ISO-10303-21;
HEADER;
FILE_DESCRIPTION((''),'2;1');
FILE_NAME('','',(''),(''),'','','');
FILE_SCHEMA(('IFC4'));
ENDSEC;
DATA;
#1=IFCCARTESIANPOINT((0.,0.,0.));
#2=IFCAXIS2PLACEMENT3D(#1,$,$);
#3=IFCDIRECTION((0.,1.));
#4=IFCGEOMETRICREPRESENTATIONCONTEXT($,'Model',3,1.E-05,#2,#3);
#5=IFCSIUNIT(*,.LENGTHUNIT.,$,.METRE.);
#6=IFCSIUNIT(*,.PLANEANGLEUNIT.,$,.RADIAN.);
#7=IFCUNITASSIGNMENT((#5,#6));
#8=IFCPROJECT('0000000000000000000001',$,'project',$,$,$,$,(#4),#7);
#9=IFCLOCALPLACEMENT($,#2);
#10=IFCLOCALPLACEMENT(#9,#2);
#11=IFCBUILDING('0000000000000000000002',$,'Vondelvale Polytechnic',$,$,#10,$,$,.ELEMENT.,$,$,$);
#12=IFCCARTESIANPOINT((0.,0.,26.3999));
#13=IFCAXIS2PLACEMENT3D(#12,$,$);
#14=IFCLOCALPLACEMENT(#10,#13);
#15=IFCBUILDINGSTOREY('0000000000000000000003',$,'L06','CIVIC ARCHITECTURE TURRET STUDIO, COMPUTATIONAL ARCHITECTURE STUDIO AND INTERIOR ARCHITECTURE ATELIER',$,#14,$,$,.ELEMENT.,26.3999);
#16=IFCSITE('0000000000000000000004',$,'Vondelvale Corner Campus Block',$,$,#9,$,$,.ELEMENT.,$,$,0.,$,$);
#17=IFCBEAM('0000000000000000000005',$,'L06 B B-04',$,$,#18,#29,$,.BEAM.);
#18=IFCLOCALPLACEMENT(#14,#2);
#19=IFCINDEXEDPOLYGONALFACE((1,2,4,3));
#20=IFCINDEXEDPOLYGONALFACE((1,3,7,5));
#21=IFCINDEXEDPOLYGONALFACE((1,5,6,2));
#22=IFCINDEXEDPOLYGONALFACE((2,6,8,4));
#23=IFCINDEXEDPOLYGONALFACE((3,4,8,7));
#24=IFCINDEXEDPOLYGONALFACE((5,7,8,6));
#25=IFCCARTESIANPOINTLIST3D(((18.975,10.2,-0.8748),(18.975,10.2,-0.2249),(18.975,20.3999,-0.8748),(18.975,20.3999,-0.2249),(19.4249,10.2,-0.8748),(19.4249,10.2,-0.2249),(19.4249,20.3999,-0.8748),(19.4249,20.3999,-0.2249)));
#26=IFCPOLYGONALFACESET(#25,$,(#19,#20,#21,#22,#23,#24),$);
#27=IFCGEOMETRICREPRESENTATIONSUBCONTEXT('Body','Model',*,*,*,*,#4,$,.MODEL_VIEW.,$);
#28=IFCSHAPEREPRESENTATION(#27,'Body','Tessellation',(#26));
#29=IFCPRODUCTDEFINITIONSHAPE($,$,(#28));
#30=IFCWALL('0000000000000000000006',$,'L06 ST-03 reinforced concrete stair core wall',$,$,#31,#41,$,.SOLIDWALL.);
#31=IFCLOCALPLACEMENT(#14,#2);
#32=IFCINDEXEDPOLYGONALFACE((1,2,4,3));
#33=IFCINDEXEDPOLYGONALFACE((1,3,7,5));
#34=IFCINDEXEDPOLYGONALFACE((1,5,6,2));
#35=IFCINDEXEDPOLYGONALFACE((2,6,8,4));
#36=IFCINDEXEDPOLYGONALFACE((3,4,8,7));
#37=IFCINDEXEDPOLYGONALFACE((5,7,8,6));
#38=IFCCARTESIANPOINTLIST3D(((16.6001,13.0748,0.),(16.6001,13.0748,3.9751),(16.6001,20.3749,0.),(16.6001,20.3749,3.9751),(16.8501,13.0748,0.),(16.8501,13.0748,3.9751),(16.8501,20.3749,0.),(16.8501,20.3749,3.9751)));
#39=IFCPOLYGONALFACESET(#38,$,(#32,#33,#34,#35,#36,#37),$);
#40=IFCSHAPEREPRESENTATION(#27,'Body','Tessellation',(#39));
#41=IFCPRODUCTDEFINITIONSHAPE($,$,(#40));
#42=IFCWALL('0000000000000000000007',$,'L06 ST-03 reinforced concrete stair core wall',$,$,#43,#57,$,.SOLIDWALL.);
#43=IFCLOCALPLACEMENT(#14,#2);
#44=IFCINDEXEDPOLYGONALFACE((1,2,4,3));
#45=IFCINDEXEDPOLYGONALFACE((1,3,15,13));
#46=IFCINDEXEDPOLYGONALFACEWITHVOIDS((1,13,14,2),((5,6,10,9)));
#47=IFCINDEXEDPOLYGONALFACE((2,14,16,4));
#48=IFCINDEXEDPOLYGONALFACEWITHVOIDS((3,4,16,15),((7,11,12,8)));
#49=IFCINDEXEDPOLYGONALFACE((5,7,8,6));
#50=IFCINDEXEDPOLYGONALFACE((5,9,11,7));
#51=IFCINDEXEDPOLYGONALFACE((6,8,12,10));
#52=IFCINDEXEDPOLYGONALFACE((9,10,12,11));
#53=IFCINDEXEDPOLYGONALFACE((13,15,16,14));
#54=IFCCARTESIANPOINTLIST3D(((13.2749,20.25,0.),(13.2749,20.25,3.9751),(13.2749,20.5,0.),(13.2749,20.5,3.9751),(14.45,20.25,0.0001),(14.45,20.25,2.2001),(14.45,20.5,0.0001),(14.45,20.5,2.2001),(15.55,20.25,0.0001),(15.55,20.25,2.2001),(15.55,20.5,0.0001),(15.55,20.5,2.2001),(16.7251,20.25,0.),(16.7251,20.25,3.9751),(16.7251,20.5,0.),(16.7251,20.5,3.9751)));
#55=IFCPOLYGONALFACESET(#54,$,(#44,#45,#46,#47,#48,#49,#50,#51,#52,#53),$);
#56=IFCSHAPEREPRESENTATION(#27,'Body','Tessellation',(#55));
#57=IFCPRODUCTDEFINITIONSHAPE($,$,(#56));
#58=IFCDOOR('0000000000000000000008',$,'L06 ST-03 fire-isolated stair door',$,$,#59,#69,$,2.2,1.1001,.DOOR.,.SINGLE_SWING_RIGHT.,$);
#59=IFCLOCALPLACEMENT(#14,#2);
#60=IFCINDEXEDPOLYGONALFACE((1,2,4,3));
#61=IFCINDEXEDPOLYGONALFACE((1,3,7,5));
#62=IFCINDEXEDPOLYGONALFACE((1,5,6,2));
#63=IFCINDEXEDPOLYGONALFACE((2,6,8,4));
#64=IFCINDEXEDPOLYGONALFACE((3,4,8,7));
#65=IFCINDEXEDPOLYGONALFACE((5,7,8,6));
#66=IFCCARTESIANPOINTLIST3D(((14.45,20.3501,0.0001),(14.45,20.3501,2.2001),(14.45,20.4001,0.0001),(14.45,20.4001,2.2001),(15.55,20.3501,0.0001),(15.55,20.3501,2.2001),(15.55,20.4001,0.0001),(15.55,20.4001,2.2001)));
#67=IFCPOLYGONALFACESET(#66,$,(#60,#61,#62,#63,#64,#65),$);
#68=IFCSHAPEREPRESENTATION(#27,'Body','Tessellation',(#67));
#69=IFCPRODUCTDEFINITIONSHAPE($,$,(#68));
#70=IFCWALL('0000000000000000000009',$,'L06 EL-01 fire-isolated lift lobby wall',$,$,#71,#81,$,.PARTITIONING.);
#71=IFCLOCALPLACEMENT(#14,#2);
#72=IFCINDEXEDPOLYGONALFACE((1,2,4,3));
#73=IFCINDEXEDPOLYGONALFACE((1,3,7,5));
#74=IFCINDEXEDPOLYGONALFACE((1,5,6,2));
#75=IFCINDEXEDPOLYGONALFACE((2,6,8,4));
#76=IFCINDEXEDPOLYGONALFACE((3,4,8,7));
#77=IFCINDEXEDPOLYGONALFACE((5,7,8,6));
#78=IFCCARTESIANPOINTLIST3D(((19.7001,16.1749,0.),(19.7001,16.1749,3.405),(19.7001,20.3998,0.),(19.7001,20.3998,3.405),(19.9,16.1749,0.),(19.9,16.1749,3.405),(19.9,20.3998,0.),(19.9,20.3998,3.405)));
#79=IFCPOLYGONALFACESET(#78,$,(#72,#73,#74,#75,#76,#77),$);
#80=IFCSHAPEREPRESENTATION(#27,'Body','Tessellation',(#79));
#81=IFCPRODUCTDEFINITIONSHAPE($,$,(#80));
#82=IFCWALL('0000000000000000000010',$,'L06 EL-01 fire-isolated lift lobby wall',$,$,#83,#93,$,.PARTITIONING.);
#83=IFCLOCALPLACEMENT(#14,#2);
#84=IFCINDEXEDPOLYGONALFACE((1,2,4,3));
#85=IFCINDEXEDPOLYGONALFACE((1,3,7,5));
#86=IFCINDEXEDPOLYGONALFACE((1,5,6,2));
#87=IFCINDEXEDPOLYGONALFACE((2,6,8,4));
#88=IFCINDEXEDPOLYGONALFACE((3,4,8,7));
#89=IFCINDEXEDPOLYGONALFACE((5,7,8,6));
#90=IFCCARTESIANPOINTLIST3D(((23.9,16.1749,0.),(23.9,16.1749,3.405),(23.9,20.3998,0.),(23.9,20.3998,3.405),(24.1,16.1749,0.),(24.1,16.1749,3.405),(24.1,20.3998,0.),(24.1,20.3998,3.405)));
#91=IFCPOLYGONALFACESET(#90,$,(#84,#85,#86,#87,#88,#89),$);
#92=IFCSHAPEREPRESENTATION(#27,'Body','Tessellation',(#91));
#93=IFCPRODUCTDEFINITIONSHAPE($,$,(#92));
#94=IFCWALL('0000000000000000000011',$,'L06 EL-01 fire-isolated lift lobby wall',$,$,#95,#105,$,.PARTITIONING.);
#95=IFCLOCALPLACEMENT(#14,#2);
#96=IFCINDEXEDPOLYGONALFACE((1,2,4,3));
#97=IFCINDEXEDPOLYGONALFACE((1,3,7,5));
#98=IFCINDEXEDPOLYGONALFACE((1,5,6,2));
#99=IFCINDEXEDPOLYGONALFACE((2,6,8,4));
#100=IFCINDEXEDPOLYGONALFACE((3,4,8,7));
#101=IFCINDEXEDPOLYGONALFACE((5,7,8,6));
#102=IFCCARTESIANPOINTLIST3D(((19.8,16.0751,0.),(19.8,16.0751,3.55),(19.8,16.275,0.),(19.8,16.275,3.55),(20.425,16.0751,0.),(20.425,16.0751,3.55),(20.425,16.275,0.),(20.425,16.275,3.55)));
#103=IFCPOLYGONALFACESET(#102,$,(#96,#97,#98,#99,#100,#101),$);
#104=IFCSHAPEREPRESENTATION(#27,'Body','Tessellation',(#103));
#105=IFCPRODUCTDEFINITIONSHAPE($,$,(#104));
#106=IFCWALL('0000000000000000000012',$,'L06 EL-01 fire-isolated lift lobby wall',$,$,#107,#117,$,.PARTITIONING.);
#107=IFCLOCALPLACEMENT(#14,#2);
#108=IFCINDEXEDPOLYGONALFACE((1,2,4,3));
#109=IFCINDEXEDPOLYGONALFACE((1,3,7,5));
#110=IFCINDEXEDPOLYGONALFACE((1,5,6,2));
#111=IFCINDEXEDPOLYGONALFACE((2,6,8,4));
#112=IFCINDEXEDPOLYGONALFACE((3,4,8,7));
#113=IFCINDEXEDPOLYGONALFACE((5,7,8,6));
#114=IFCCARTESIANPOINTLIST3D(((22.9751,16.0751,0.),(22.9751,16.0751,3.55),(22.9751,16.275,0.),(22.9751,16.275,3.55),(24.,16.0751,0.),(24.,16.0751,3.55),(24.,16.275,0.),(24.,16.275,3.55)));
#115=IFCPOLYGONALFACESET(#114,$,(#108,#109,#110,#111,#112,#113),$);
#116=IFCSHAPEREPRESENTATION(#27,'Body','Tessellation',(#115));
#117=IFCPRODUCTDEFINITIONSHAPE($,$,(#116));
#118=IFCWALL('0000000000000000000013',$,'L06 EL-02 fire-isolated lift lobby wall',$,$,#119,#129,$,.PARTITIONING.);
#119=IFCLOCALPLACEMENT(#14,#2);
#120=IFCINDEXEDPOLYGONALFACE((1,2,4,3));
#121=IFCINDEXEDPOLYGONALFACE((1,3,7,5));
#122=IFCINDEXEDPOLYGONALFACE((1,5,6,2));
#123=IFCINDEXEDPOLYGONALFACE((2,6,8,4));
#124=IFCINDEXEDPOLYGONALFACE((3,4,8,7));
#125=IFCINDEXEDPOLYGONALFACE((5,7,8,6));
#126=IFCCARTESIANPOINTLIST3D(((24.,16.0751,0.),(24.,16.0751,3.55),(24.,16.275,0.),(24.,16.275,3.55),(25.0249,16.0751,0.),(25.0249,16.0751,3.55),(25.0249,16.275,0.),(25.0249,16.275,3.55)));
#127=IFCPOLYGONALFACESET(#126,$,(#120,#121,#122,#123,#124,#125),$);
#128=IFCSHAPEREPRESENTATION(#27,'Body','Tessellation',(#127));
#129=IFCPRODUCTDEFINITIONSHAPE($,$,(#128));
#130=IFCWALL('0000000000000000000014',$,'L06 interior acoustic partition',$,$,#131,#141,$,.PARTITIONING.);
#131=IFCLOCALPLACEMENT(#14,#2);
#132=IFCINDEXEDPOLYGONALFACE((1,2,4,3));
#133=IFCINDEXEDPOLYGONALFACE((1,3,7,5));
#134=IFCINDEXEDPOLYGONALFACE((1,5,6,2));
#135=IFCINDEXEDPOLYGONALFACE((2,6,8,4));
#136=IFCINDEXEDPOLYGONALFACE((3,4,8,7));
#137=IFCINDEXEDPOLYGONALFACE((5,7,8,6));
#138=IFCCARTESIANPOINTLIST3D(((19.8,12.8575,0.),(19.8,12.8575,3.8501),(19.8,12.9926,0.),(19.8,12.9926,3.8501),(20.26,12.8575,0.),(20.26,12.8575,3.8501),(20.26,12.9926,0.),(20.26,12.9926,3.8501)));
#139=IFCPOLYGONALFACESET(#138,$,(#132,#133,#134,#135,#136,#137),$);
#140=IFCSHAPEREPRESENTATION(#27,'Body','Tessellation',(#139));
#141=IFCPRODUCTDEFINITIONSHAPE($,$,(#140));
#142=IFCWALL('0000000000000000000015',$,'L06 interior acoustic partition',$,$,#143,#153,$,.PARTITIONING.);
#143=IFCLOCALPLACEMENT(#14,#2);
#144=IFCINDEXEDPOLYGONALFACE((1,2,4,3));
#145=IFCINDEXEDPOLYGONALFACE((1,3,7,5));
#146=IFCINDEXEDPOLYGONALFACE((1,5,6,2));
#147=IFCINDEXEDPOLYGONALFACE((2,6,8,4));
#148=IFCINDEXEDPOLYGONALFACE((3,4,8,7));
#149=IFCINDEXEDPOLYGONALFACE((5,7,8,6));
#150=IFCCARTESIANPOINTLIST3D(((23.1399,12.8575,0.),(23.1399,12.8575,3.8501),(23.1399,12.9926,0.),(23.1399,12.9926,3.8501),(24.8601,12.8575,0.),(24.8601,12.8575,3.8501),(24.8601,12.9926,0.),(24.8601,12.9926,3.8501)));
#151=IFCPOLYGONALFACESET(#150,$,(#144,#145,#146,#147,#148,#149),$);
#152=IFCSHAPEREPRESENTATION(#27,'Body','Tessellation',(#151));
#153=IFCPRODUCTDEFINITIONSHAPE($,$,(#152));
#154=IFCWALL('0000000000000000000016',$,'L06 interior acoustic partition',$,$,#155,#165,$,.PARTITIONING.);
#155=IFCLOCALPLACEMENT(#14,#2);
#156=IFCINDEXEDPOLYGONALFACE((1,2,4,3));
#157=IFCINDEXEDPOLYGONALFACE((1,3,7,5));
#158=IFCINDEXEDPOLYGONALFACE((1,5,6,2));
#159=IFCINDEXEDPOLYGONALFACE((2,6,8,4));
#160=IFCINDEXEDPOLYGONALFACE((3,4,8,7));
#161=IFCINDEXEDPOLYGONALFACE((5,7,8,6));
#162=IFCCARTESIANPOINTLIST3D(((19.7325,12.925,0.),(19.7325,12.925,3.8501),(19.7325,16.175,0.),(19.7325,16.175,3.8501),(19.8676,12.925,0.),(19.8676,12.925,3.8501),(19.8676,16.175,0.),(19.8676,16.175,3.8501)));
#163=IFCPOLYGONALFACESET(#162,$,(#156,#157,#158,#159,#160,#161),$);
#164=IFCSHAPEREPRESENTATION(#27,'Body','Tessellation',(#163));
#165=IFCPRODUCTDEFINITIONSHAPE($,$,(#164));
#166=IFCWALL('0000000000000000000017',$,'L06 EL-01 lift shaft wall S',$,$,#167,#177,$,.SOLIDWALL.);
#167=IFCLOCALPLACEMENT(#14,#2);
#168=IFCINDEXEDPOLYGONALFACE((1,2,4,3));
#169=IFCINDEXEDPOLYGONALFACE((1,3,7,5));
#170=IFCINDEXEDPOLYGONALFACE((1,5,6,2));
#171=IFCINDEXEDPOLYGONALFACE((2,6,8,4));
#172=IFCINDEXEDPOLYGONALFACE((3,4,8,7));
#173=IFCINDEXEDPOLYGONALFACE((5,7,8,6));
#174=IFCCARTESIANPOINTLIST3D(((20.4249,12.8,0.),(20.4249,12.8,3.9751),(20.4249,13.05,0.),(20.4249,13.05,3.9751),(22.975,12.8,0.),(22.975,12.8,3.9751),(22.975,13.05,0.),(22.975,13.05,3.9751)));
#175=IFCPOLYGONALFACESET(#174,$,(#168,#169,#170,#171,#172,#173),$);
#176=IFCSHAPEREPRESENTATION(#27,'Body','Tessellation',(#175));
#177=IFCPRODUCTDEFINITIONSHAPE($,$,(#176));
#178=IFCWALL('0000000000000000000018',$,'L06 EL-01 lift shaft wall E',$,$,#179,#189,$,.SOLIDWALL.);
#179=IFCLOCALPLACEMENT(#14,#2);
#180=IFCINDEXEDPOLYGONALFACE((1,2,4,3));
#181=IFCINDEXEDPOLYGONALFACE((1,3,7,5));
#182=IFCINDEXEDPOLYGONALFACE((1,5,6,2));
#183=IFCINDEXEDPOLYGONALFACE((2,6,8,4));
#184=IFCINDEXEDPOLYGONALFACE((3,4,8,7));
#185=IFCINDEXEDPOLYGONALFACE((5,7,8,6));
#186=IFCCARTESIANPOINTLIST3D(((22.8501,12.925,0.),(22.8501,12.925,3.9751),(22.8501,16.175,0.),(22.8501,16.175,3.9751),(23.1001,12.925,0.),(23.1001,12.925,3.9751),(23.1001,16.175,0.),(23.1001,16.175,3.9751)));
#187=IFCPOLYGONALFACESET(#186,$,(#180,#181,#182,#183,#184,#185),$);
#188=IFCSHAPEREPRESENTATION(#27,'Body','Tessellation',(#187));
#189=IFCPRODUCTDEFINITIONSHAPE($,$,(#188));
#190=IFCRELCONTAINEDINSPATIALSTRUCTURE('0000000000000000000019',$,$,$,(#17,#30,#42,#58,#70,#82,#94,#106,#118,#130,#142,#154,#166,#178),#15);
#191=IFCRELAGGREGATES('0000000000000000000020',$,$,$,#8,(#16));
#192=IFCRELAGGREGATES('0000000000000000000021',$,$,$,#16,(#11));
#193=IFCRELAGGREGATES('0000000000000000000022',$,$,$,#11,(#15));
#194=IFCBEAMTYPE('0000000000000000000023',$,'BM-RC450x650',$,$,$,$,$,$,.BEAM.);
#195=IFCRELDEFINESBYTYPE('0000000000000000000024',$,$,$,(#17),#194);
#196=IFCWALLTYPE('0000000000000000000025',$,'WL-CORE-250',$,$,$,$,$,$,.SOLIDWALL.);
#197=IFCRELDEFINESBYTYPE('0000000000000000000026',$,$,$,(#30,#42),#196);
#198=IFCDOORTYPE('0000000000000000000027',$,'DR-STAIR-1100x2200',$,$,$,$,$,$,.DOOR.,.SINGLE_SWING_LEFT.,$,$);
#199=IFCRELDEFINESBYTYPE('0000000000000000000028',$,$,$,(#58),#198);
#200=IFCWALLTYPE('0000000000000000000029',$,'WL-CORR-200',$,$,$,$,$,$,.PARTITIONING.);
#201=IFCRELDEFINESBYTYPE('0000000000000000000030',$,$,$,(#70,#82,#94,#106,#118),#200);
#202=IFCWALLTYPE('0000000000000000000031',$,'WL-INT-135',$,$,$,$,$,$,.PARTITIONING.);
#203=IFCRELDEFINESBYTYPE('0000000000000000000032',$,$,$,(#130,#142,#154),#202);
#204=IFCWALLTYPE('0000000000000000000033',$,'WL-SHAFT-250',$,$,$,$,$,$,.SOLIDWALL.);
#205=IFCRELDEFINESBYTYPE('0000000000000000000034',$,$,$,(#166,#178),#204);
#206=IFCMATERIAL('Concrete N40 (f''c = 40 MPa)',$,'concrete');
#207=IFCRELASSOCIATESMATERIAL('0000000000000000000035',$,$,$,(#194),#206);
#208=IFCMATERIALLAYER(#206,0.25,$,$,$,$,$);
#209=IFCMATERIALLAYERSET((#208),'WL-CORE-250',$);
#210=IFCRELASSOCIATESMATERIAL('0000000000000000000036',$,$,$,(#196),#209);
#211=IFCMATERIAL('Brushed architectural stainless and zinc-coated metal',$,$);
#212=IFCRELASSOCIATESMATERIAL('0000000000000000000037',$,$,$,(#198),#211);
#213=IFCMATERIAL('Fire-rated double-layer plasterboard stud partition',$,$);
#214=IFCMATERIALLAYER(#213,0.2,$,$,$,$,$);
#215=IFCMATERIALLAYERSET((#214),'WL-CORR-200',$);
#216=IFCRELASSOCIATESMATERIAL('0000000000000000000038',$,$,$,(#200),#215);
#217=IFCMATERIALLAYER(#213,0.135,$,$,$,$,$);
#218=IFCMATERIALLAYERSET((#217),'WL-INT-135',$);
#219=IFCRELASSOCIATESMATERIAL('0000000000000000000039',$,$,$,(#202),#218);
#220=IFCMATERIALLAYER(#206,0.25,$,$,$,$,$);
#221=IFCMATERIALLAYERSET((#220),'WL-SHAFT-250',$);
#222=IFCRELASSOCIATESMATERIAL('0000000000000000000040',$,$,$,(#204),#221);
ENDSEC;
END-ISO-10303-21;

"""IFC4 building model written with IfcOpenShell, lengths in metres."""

from ifc_helpers import new_model, si_unit, direction, frame, frame_2d, origin, origin_2d, place, context, subcontext, project, spatial, rectangle, extrude, material, layer, layer_set, material_profile, profile_set, type_object, element, fill, save


model = new_model("IFC4")

# Units and contexts
model_context = context("Model", 3, precision=1e-05, world=origin(), true_north=direction((0.0, 1.0)))
body_context = subcontext(model_context, "Body", "Model", "MODEL_VIEW")
ifc_project = project(units=[si_unit("LENGTHUNIT", "METRE"), si_unit("PLANEANGLEUNIT", "RADIAN")], contexts=[model_context])

# Site, building, storey
site_placement = place(None, origin())
site = spatial("IfcSite", under=ifc_project, at=site_placement, Name="Vondelvale Corner Campus Block", CompositionType="ELEMENT", RefElevation=0.0)
building_placement = place(site_placement, origin())
building = spatial("IfcBuilding", under=site, at=building_placement, Name="Vondelvale Polytechnic", CompositionType="ELEMENT")
storey_placement = place(building_placement, frame((0.0, 0.0, 26.3999)))
storey = spatial("IfcBuildingStorey", under=building, at=storey_placement, Name="L06", Description="CIVIC ARCHITECTURE TURRET STUDIO, COMPUTATIONAL ARCHITECTURE STUDIO AND INTERIOR ARCHITECTURE ATELIER", CompositionType="ELEMENT", Elevation=26.3999)

# Beam
ifc_material_1 = material(Name="Concrete N40 (f'c = 40 MPa)", Category="concrete")
ifc_material_profile = material_profile(ifc_material_1, rectangle(XDim=0.45, YDim=0.6499, at=origin_2d()), Name="RC-BM-450x650")
ifc_profile_set = profile_set([ifc_material_profile], Name="Concrete N40 (f'c = 40 MPa)")
beam_type = type_object("IfcBeamType", Name="BM-RC450x650", PredefinedType="BEAM", material=ifc_profile_set)
beam_placement = place(storey_placement, frame((19.2, 10.2, -0.5498), z_axis=(0.0, 1.0, 0.0), x_axis=(-1.0, 0.0, 0.0)))
element("IfcBeam", 1, at=beam_placement, inside=storey, type_object=beam_type, Name="L06 B B-04", PredefinedType="BEAM", context=body_context, shape_type="SweptSolid", body=[
    extrude(rectangle(XDim=0.45, YDim=0.6499, at=origin_2d()), origin(), (0.0, 0.0, 1.0), 10.2),
])

# Wall
ifc_layer_1 = layer(ifc_material_1, 0.25)
ifc_layer_set_1 = layer_set([ifc_layer_1], Name="WL-CORE-250")
wall_type_1 = type_object("IfcWallType", Name="WL-CORE-250", PredefinedType="SOLIDWALL", material=ifc_layer_set_1)
wall_1_placement = place(storey_placement, frame((16.7251, 13.075, 0.0), z_axis=(0.0, 0.0, 1.0), x_axis=(0.0, 1.0, 0.0)))
element("IfcWall", 2, at=wall_1_placement, inside=storey, type_object=wall_type_1, Name="L06 ST-03 reinforced concrete stair core wall", PredefinedType="SOLIDWALL", context=body_context, shape_type="SweptSolid", body=[
    extrude(rectangle(XDim=7.3, YDim=0.25, at=frame_2d((3.6499, 0.0))), origin(), (0.0, 0.0, 1.0), 3.9751),
])

# Wall, opening, door
wall_2_placement = place(storey_placement, frame((16.7251, 20.375, 0.0), z_axis=(0.0, 0.0, 1.0), x_axis=(-1.0, 0.0, 0.0)))
wall_2 = element("IfcWall", 3, at=wall_2_placement, inside=storey, type_object=wall_type_1, Name="L06 ST-03 reinforced concrete stair core wall", PredefinedType="SOLIDWALL", context=body_context, shape_type="SweptSolid", body=[
    extrude(rectangle(XDim=3.4502, YDim=0.25, at=frame_2d((1.7251, 0.0))), origin(), (0.0, 0.0, 1.0), 3.9751),
])
opening_1_placement = place(wall_2_placement, frame((1.175, 0.0, 0.0)))
opening_1 = element("IfcOpeningElement", 4, at=opening_1_placement, cuts=wall_2, PredefinedType="OPENING", context=body_context, shape_type="SweptSolid", body=[
    extrude(rectangle(XDim=1.1001, YDim=2.2, at=frame_2d((0.55, 1.1001))), frame((0.0, 0.135, 0.0), z_axis=(0.0, -1.0, 0.0), x_axis=(1.0, 0.0, 0.0)), (0.0, 0.0, 1.0), 0.27),
])
ifc_material_2 = material(Name="Brushed architectural stainless and zinc-coated metal")
door_type_1 = type_object("IfcDoorType", Name="DR-STAIR-1100x2200", OperationType="SINGLE_SWING_LEFT", PredefinedType="DOOR", material=ifc_material_2)
door_1_placement = place(opening_1_placement, origin())
door_1 = element("IfcDoor", 5, at=door_1_placement, inside=storey, type_object=door_type_1, Name="L06 ST-03 fire-isolated stair door", OperationType="SINGLE_SWING_RIGHT", OverallHeight=2.2, OverallWidth=1.1001, PredefinedType="DOOR", context=body_context, shape_type="SweptSolid", body=[
    extrude(rectangle(XDim=1.1001, YDim=2.2, at=frame_2d((0.55, 1.1001))), frame((0.0, 0.0249, 0.0), z_axis=(0.0, -1.0, 0.0), x_axis=(1.0, 0.0, 0.0)), (0.0, 0.0, 1.0), 0.05),
])
fill(opening_1, door_1)

# Walls
ifc_material_3 = material(Name="Fire-rated double-layer plasterboard stud partition")
ifc_layer_2 = layer(ifc_material_3, 0.2)
ifc_layer_set_2 = layer_set([ifc_layer_2], Name="WL-CORR-200")
wall_type_2 = type_object("IfcWallType", Name="WL-CORR-200", PredefinedType="PARTITIONING", material=ifc_layer_set_2)
for number, where, z_axis, x_axis, name in (
    (6, (19.8, 16.175, 0.0), (0.0, 0.0, 1.0), (0.0, 1.0, 0.0), "L06 EL-01 fire-isolated lift lobby wall"),
    (7, (24.0, 16.175, 0.0), (0.0, 0.0, 1.0), (0.0, 1.0, 0.0), "L06 EL-01 fire-isolated lift lobby wall"),
):
    element("IfcWall", number, at=place(storey_placement, frame(where, z_axis=z_axis, x_axis=x_axis)), inside=storey, type_object=wall_type_2, Name=name, PredefinedType="PARTITIONING", context=body_context, shape_type="SweptSolid", body=[
        extrude(rectangle(XDim=4.2249, YDim=0.2, at=frame_2d((2.1123, 0.0))), origin(), (0.0, 0.0, 1.0), 3.405),
    ])
wall_3_placement = place(storey_placement, frame((19.8, 16.175, 0.0), z_axis=(0.0, 0.0, 1.0), x_axis=(1.0, 0.0, 0.0)))
element("IfcWall", 8, at=wall_3_placement, inside=storey, type_object=wall_type_2, Name="L06 EL-01 fire-isolated lift lobby wall", PredefinedType="PARTITIONING", context=body_context, shape_type="SweptSolid", body=[
    extrude(rectangle(XDim=0.625, YDim=0.2, at=frame_2d((0.3125, 0.0))), origin(), (0.0, 0.0, 1.0), 3.55),
])
for number, where, z_axis, x_axis, name in (
    (9, (22.9751, 16.175, 0.0), (0.0, 0.0, 1.0), (1.0, 0.0, 0.0), "L06 EL-01 fire-isolated lift lobby wall"),
    (10, (24.0, 16.175, 0.0), (0.0, 0.0, 1.0), (1.0, 0.0, 0.0), "L06 EL-02 fire-isolated lift lobby wall"),
):
    element("IfcWall", number, at=place(storey_placement, frame(where, z_axis=z_axis, x_axis=x_axis)), inside=storey, type_object=wall_type_2, Name=name, PredefinedType="PARTITIONING", context=body_context, shape_type="SweptSolid", body=[
        extrude(rectangle(XDim=1.0249, YDim=0.2, at=frame_2d((0.5125, 0.0))), origin(), (0.0, 0.0, 1.0), 3.55),
    ])
ifc_layer_3 = layer(ifc_material_3, 0.135)
ifc_layer_set_3 = layer_set([ifc_layer_3], Name="WL-INT-135")
wall_type_3 = type_object("IfcWallType", Name="WL-INT-135", PredefinedType="PARTITIONING", material=ifc_layer_set_3)
wall_4_placement = place(storey_placement, frame((19.8, 12.925, 0.0), z_axis=(0.0, 0.0, 1.0), x_axis=(1.0, 0.0, 0.0)))
element("IfcWall", 11, at=wall_4_placement, inside=storey, type_object=wall_type_3, Name="L06 interior acoustic partition", PredefinedType="PARTITIONING", context=body_context, shape_type="SweptSolid", body=[
    extrude(rectangle(XDim=0.46, YDim=0.135, at=frame_2d((0.23, 0.0))), origin(), (0.0, 0.0, 1.0), 3.8501),
])
wall_5_placement = place(storey_placement, frame((23.1399, 12.925, 0.0), z_axis=(0.0, 0.0, 1.0), x_axis=(1.0, 0.0, 0.0)))
element("IfcWall", 12, at=wall_5_placement, inside=storey, type_object=wall_type_3, Name="L06 interior acoustic partition", PredefinedType="PARTITIONING", context=body_context, shape_type="SweptSolid", body=[
    extrude(rectangle(XDim=1.7202, YDim=0.135, at=frame_2d((0.8601, 0.0))), origin(), (0.0, 0.0, 1.0), 3.8501),
])
wall_6_placement = place(storey_placement, frame((19.8, 12.925, 0.0), z_axis=(0.0, 0.0, 1.0), x_axis=(0.0, 1.0, 0.0)))
element("IfcWall", 13, at=wall_6_placement, inside=storey, type_object=wall_type_3, Name="L06 interior acoustic partition", PredefinedType="PARTITIONING", context=body_context, shape_type="SweptSolid", body=[
    extrude(rectangle(XDim=3.25, YDim=0.135, at=frame_2d((1.625, 0.0))), origin(), (0.0, 0.0, 1.0), 3.8501),
])
ifc_layer_4 = layer(ifc_material_1, 0.25)
ifc_layer_set_4 = layer_set([ifc_layer_4], Name="WL-SHAFT-250")
wall_type_4 = type_object("IfcWallType", Name="WL-SHAFT-250", PredefinedType="SOLIDWALL", material=ifc_layer_set_4)
wall_7_placement = place(storey_placement, frame((20.425, 12.925, 0.0), z_axis=(0.0, 0.0, 1.0), x_axis=(1.0, 0.0, 0.0)))
element("IfcWall", 14, at=wall_7_placement, inside=storey, type_object=wall_type_4, Name="L06 EL-01 lift shaft wall S", PredefinedType="SOLIDWALL", context=body_context, shape_type="SweptSolid", body=[
    extrude(rectangle(XDim=2.55, YDim=0.25, at=frame_2d((1.2749, 0.0))), origin(), (0.0, 0.0, 1.0), 3.9751),
])
wall_8_placement = place(storey_placement, frame((22.9751, 12.925, 0.0), z_axis=(0.0, 0.0, 1.0), x_axis=(0.0, 1.0, 0.0)))
element("IfcWall", 15, at=wall_8_placement, inside=storey, type_object=wall_type_4, Name="L06 EL-01 lift shaft wall E", PredefinedType="SOLIDWALL", context=body_context, shape_type="SweptSolid", body=[
    extrude(rectangle(XDim=3.25, YDim=0.25, at=frame_2d((1.625, 0.0))), origin(), (0.0, 0.0, 1.0), 3.9751),
])

save(model, "model.ifc")
